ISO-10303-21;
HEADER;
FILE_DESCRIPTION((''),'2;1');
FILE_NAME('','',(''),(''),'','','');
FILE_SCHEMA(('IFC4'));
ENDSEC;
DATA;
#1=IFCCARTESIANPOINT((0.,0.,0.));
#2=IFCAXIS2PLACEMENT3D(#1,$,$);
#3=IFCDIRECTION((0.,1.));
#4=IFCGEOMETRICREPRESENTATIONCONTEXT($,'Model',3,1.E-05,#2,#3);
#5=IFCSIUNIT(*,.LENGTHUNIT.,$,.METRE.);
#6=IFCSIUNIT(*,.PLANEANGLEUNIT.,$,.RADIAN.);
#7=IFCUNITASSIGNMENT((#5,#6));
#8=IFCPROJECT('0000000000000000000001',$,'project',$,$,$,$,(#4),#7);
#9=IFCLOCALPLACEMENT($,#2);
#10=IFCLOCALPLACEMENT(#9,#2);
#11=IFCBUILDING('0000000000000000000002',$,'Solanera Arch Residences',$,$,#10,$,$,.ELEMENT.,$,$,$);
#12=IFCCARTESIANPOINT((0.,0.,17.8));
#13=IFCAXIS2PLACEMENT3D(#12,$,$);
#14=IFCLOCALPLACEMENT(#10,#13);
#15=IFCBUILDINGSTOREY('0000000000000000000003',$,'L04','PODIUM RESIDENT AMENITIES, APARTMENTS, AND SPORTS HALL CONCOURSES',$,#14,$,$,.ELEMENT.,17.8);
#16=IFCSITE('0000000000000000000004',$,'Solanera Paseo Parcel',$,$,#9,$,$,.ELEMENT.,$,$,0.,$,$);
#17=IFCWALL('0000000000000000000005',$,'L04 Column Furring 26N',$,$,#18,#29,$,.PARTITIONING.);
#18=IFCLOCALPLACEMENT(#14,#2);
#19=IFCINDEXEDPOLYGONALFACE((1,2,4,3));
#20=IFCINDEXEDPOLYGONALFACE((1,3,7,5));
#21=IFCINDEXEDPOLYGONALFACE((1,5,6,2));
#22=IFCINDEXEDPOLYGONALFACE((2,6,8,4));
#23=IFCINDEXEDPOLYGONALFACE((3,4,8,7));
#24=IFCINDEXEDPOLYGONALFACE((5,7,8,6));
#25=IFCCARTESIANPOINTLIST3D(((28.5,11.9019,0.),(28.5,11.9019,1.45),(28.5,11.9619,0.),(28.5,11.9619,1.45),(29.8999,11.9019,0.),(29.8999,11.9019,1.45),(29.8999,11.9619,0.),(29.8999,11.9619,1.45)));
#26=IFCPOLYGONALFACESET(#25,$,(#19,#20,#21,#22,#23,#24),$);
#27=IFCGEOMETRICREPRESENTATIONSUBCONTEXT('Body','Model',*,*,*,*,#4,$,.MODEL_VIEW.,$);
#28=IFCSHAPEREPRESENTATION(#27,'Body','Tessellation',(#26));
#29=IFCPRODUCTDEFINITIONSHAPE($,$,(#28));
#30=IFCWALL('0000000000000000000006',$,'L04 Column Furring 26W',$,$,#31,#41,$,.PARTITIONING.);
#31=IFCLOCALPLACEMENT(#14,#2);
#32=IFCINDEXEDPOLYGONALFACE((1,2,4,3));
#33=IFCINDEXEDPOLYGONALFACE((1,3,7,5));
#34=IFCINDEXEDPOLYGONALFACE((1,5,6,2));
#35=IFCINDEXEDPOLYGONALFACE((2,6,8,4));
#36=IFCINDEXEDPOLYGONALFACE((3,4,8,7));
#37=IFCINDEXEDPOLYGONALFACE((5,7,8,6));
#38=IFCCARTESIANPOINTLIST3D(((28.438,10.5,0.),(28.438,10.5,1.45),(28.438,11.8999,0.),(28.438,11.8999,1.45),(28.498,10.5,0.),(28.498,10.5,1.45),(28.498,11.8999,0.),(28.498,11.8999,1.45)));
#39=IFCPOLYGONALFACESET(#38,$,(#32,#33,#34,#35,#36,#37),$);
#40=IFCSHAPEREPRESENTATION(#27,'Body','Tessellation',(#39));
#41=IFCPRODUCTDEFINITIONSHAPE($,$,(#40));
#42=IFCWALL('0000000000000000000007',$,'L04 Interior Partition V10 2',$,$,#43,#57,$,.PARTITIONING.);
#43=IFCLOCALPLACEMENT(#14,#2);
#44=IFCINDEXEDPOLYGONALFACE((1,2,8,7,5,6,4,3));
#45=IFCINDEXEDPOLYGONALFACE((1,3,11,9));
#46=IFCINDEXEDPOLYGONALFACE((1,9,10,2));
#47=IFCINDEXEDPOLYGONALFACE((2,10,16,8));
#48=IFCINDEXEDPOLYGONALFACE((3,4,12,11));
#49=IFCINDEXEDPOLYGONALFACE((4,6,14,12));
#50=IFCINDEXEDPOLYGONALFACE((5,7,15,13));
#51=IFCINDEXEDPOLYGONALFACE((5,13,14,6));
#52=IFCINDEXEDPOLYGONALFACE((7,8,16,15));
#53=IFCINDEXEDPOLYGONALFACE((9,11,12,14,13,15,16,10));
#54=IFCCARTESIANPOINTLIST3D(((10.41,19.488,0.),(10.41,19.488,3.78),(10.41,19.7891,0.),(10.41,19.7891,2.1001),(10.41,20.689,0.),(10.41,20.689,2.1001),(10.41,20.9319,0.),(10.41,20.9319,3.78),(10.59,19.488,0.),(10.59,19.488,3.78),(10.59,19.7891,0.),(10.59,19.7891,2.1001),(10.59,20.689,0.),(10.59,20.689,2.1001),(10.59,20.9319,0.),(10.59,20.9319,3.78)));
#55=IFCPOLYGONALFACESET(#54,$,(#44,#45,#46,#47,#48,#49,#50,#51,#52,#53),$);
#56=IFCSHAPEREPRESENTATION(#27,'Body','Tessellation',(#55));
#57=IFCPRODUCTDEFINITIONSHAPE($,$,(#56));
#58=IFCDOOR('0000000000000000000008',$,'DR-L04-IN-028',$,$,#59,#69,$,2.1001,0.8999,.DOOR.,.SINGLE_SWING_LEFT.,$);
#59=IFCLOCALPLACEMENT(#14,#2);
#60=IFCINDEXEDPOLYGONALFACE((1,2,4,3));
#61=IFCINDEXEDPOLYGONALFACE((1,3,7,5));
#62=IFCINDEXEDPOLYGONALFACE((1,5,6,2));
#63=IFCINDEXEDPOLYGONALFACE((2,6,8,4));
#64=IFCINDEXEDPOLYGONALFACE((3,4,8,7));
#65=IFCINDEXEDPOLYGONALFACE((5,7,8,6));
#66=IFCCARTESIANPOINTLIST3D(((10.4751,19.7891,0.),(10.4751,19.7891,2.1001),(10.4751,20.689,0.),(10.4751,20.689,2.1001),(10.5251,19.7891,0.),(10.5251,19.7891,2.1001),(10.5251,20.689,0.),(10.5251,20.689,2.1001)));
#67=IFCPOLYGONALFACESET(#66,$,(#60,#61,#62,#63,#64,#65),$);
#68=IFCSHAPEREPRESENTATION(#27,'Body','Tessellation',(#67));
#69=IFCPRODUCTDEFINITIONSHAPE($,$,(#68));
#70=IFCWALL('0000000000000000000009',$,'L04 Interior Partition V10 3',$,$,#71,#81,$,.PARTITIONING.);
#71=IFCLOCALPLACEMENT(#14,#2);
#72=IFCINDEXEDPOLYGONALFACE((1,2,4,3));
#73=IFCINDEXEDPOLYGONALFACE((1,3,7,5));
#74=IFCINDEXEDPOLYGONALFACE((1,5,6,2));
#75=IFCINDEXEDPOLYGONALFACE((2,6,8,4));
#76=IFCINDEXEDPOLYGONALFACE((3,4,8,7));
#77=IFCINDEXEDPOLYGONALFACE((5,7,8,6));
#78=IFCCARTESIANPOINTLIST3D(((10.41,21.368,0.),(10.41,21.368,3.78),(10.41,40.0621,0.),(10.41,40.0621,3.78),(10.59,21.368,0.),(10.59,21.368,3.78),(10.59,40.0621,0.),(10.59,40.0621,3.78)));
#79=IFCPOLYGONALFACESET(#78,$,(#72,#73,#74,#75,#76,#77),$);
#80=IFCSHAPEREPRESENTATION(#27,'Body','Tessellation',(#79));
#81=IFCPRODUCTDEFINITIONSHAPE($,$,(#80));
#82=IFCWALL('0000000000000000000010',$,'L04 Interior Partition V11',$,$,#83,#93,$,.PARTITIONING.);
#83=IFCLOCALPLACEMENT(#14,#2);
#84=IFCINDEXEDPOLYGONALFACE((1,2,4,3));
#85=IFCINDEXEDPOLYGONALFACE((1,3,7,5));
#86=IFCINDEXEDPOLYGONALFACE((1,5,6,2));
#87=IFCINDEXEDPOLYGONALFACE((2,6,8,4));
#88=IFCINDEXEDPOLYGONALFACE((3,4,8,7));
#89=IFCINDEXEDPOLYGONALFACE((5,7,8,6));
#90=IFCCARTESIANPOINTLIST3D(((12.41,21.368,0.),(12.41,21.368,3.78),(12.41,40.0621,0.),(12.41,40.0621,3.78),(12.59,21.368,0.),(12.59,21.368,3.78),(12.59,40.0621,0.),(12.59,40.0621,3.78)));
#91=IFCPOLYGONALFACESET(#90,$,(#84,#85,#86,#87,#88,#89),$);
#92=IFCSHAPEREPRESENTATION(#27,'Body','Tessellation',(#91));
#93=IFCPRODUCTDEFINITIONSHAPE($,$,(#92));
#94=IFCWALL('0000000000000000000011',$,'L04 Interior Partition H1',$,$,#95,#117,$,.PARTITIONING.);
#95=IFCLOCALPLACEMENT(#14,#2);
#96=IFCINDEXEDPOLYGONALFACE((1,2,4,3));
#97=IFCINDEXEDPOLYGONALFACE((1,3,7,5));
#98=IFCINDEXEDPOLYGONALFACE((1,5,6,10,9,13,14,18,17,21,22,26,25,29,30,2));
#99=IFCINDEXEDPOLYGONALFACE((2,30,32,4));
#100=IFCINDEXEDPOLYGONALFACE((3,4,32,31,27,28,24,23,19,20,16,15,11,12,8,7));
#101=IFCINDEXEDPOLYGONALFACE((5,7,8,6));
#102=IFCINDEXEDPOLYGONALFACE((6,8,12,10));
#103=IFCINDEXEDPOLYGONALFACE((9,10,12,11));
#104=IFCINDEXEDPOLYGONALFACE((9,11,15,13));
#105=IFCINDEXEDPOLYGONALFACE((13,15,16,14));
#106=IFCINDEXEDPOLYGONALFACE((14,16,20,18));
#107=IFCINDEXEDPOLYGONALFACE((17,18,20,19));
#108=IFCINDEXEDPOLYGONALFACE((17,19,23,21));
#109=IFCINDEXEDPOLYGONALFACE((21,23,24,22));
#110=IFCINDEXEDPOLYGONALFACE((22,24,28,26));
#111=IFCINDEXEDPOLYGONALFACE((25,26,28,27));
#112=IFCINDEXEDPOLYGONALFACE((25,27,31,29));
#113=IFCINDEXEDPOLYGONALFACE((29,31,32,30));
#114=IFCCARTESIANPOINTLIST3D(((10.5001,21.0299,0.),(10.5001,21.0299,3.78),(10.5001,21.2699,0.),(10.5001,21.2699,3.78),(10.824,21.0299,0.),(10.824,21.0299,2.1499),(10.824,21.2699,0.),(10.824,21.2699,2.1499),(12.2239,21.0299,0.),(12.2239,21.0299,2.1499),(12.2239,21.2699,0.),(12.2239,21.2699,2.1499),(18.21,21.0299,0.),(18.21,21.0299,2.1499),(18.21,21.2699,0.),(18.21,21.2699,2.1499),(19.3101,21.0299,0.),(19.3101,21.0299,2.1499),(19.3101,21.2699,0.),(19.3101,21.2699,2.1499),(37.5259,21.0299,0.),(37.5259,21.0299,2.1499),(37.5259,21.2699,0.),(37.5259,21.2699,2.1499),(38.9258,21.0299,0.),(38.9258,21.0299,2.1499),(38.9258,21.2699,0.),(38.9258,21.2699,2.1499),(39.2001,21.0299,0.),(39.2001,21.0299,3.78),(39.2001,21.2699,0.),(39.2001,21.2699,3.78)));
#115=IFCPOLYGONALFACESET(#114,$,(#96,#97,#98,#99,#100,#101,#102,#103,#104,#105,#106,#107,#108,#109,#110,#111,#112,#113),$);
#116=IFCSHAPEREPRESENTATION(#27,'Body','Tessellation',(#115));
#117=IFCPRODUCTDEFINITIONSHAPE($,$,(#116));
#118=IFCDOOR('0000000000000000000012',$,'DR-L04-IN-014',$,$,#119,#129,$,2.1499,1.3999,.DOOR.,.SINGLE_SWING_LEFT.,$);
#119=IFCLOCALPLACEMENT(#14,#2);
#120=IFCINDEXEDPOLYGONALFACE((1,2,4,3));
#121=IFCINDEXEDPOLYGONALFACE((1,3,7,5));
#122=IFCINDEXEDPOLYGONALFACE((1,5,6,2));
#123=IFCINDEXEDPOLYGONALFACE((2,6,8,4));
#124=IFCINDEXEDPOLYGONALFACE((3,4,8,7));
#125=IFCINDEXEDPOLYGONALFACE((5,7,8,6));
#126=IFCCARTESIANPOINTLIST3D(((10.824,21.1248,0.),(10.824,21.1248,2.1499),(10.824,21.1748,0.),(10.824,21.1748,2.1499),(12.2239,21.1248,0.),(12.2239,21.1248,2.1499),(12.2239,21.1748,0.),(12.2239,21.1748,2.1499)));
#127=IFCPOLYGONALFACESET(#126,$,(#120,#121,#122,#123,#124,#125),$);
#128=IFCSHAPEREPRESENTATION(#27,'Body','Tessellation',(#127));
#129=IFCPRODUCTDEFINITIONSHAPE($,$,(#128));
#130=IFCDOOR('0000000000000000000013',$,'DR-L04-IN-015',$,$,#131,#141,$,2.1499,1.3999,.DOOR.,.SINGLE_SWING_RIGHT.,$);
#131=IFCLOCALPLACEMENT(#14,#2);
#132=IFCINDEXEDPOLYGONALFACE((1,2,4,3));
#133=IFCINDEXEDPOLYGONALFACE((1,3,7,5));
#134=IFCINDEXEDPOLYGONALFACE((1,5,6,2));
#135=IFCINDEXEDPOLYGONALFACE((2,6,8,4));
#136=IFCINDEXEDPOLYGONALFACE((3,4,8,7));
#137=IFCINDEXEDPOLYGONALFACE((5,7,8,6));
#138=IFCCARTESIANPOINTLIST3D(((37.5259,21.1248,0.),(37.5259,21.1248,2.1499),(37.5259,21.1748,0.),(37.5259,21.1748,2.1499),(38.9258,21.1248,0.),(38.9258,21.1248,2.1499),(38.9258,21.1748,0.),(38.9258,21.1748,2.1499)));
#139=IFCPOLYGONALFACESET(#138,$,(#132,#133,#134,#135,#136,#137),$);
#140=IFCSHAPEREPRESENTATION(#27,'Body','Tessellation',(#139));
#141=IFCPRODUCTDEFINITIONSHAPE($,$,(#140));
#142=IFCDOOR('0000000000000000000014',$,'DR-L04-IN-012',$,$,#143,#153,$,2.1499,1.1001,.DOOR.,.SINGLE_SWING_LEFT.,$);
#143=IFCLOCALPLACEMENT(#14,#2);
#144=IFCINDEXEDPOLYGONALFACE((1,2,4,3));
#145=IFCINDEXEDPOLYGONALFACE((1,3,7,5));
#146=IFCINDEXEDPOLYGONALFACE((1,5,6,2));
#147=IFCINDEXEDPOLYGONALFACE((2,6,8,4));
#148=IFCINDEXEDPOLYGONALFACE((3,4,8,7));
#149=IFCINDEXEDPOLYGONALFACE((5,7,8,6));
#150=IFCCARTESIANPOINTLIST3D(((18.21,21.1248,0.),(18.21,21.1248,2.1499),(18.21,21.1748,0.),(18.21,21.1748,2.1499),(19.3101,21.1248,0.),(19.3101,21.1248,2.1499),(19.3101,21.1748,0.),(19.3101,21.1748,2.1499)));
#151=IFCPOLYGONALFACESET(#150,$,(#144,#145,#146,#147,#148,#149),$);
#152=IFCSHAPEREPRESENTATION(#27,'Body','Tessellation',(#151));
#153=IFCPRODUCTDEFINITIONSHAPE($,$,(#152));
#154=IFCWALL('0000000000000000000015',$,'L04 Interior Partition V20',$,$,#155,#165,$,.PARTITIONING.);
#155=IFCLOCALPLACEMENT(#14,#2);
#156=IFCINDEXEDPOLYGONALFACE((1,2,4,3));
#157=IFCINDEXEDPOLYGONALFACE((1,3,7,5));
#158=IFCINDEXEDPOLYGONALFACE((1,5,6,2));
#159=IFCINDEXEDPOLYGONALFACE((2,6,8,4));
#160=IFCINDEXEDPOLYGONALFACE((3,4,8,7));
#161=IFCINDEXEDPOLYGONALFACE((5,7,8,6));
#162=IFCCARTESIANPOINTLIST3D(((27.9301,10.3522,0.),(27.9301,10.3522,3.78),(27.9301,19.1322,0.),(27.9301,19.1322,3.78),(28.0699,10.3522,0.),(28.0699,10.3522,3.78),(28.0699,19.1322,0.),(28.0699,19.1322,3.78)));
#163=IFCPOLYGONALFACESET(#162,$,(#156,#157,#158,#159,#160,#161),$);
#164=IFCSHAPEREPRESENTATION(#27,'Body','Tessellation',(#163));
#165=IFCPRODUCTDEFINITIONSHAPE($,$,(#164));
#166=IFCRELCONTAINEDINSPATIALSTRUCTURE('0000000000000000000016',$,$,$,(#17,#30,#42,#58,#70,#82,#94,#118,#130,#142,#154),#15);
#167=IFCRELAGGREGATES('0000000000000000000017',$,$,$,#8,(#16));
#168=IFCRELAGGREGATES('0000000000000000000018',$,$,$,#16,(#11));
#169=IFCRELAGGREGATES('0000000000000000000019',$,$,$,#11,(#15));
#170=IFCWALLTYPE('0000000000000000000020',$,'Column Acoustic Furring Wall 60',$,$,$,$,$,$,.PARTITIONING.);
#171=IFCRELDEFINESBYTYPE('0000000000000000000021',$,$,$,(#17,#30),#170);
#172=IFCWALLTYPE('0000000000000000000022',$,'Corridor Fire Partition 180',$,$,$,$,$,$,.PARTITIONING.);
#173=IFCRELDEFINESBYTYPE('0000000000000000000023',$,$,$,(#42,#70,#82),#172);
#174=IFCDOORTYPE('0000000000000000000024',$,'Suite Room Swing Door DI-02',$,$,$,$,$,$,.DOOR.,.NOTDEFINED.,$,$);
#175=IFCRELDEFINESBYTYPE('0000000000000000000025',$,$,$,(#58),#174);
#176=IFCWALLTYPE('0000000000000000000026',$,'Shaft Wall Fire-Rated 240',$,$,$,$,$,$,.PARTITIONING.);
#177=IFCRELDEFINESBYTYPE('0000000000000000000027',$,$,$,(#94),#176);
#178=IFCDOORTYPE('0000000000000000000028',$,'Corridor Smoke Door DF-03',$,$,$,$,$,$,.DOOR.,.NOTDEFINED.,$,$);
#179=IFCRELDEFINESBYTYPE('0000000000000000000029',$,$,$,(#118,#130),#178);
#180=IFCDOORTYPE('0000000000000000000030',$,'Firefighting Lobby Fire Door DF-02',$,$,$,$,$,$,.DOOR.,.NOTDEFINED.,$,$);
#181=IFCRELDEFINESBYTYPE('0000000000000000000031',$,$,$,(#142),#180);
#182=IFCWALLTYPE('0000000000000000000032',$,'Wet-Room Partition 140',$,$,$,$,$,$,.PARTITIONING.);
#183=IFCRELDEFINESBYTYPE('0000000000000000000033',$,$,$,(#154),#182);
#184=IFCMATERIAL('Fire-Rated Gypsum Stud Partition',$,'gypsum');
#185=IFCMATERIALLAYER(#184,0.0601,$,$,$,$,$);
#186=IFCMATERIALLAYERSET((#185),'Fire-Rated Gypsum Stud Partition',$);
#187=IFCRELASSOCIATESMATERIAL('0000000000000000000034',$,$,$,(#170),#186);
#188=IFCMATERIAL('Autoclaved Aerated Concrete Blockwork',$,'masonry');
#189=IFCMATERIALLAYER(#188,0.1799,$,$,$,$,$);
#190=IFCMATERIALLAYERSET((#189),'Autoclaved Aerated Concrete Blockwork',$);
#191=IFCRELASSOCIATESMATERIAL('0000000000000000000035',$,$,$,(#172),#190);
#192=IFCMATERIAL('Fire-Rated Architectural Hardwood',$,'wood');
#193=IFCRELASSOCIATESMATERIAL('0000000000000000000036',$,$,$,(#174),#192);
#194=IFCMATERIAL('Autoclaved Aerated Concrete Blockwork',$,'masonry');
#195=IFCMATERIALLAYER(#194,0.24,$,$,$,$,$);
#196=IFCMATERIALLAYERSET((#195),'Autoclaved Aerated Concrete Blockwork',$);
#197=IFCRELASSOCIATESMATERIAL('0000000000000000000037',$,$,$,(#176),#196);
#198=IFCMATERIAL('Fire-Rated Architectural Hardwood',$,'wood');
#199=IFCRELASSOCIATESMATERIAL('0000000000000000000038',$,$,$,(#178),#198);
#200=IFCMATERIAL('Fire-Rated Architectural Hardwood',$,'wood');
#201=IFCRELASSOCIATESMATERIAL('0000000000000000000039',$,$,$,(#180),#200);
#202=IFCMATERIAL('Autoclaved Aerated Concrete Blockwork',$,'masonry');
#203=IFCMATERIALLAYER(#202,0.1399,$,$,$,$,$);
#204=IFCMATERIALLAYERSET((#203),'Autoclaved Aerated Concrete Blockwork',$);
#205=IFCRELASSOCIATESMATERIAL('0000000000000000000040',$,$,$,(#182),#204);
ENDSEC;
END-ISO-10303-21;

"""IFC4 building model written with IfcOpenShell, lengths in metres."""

from ifc_helpers import new_model, si_unit, direction, frame, frame_2d, origin, place, context, subcontext, project, spatial, rectangle, extrude, material, layer, layer_set, type_object, element, fill, save


model = new_model("IFC4")

# Units and contexts
model_context = context("Model", 3, precision=1e-05, world=origin(), true_north=direction((0.0, 1.0)))
body_context = subcontext(model_context, "Body", "Model", "MODEL_VIEW")
ifc_project = project(units=[si_unit("LENGTHUNIT", "METRE"), si_unit("PLANEANGLEUNIT", "RADIAN")], contexts=[model_context])

# Site, building, storey
site_placement = place(None, origin())
site = spatial("IfcSite", under=ifc_project, at=site_placement, Name="Solanera Paseo Parcel", CompositionType="ELEMENT", RefElevation=0.0)
building_placement = place(site_placement, origin())
building = spatial("IfcBuilding", under=site, at=building_placement, Name="Solanera Arch Residences", CompositionType="ELEMENT")
storey_placement = place(building_placement, frame((0.0, 0.0, 17.8)))
storey = spatial("IfcBuildingStorey", under=building, at=storey_placement, Name="L04", Description="PODIUM RESIDENT AMENITIES, APARTMENTS, AND SPORTS HALL CONCOURSES", CompositionType="ELEMENT", Elevation=17.8)

# Walls
ifc_material_1 = material(Name="Fire-Rated Gypsum Stud Partition", Category="gypsum")
ifc_layer_1 = layer(ifc_material_1, 0.0601)
ifc_layer_set_1 = layer_set([ifc_layer_1], Name="Fire-Rated Gypsum Stud Partition")
wall_type_1 = type_object("IfcWallType", Name="Column Acoustic Furring Wall 60", PredefinedType="PARTITIONING", material=ifc_layer_set_1)
for number, where, z_axis, x_axis, name in (
    (1, (28.5, 11.9319, 0.0), (0.0, 0.0, 1.0), (1.0, 0.0, 0.0), "L04 Column Furring 26N"),
    (2, (28.468, 10.5, 0.0), (0.0, 0.0, 1.0), (0.0, 1.0, 0.0), "L04 Column Furring 26W"),
):
    element("IfcWall", number, at=place(storey_placement, frame(where, z_axis=z_axis, x_axis=x_axis)), inside=storey, type_object=wall_type_1, Name=name, PredefinedType="PARTITIONING", context=body_context, shape_type="SweptSolid", body=[
        extrude(rectangle(XDim=1.3999, YDim=0.0601, at=frame_2d((0.7, 0.0))), origin(), (0.0, 0.0, 1.0), 1.45),
    ])

# Wall, opening, door
ifc_material_2 = material(Name="Autoclaved Aerated Concrete Blockwork", Category="masonry")
ifc_layer_2 = layer(ifc_material_2, 0.1799)
ifc_layer_set_2 = layer_set([ifc_layer_2], Name="Autoclaved Aerated Concrete Blockwork")
wall_type_2 = type_object("IfcWallType", Name="Corridor Fire Partition 180", PredefinedType="PARTITIONING", material=ifc_layer_set_2)
wall_1_placement = place(storey_placement, frame((10.5, 19.488, 0.0), z_axis=(0.0, 0.0, 1.0), x_axis=(0.0, 1.0, 0.0)))
wall_1 = element("IfcWall", 3, at=wall_1_placement, inside=storey, type_object=wall_type_2, Name="L04 Interior Partition V10 2", PredefinedType="PARTITIONING", context=body_context, shape_type="SweptSolid", body=[
    extrude(rectangle(XDim=1.4438, YDim=0.1799, at=frame_2d((0.7219, 0.0))), origin(), (0.0, 0.0, 1.0), 3.78),
])
opening_1_placement = place(wall_1_placement, frame((0.301, 0.0, 0.0)))
opening_1 = element("IfcOpeningElement", 4, at=opening_1_placement, cuts=wall_1, PredefinedType="OPENING", context=body_context, shape_type="SweptSolid", body=[
    extrude(rectangle(XDim=0.8999, YDim=2.1001, at=frame_2d((0.45, 1.05))), frame((0.0, 0.1001, 0.0), z_axis=(0.0, -1.0, 0.0), x_axis=(1.0, 0.0, 0.0)), (0.0, 0.0, 1.0), 0.1999),
])
ifc_material_3 = material(Name="Fire-Rated Architectural Hardwood", Category="wood")
door_type_1 = type_object("IfcDoorType", Name="Suite Room Swing Door DI-02", OperationType="NOTDEFINED", PredefinedType="DOOR", material=ifc_material_3)
door_1_placement = place(opening_1_placement, origin())
door_1 = element("IfcDoor", 5, at=door_1_placement, inside=storey, type_object=door_type_1, Name="DR-L04-IN-028", OperationType="SINGLE_SWING_LEFT", OverallHeight=2.1001, OverallWidth=0.8999, PredefinedType="DOOR", context=body_context, shape_type="SweptSolid", body=[
    extrude(rectangle(XDim=0.8999, YDim=2.1001, at=frame_2d((0.45, 1.05))), frame((0.0, 0.0249, 0.0), z_axis=(0.0, -1.0, 0.0), x_axis=(1.0, 0.0, 0.0)), (0.0, 0.0, 1.0), 0.05),
])
fill(opening_1, door_1)

# Walls
for number, where, z_axis, x_axis, name in (
    (6, (10.5, 21.3679, 0.0), (0.0, 0.0, 1.0), (0.0, 1.0, 0.0), "L04 Interior Partition V10 3"),
    (7, (12.5, 21.3679, 0.0), (0.0, 0.0, 1.0), (0.0, 1.0, 0.0), "L04 Interior Partition V11"),
):
    element("IfcWall", number, at=place(storey_placement, frame(where, z_axis=z_axis, x_axis=x_axis)), inside=storey, type_object=wall_type_2, Name=name, PredefinedType="PARTITIONING", context=body_context, shape_type="SweptSolid", body=[
        extrude(rectangle(XDim=18.6941, YDim=0.1799, at=frame_2d((9.3472, 0.0))), origin(), (0.0, 0.0, 1.0), 3.78),
    ])

# Wall, openings, doors
ifc_material_4 = material(Name="Autoclaved Aerated Concrete Blockwork", Category="masonry")
ifc_layer_3 = layer(ifc_material_4, 0.24)
ifc_layer_set_3 = layer_set([ifc_layer_3], Name="Autoclaved Aerated Concrete Blockwork")
wall_type_3 = type_object("IfcWallType", Name="Shaft Wall Fire-Rated 240", PredefinedType="PARTITIONING", material=ifc_layer_set_3)
wall_2_placement = place(storey_placement, frame((10.5, 21.1499, 0.0), z_axis=(0.0, 0.0, 1.0), x_axis=(1.0, 0.0, 0.0)))
wall_2 = element("IfcWall", 8, at=wall_2_placement, inside=storey, type_object=wall_type_3, Name="L04 Interior Partition H1", PredefinedType="PARTITIONING", context=body_context, shape_type="SweptSolid", body=[
    extrude(rectangle(XDim=28.7, YDim=0.24, at=frame_2d((14.3501, 0.0))), origin(), (0.0, 0.0, 1.0), 3.78),
])
opening_2_placement = place(wall_2_placement, frame((7.71, 0.0, 0.0)))
opening_2 = element("IfcOpeningElement", 9, at=opening_2_placement, cuts=wall_2, PredefinedType="OPENING", context=body_context, shape_type="SweptSolid", body=[
    extrude(rectangle(XDim=1.1001, YDim=2.1499, at=frame_2d((0.55, 1.075))), frame((0.0, 0.1299, 0.0), z_axis=(0.0, -1.0, 0.0), x_axis=(1.0, 0.0, 0.0)), (0.0, 0.0, 1.0), 0.26),
])
opening_3_placement = place(wall_2_placement, frame((0.324, 0.0, 0.0)))
opening_3 = element("IfcOpeningElement", 10, at=opening_3_placement, cuts=wall_2, PredefinedType="OPENING", context=body_context, shape_type="SweptSolid", body=[
    extrude(rectangle(XDim=1.3999, YDim=2.1499, at=frame_2d((0.7, 1.075))), frame((0.0, 0.1299, 0.0), z_axis=(0.0, -1.0, 0.0), x_axis=(1.0, 0.0, 0.0)), (0.0, 0.0, 1.0), 0.26),
])
opening_4_placement = place(wall_2_placement, frame((27.0259, 0.0, 0.0)))
opening_4 = element("IfcOpeningElement", 11, at=opening_4_placement, cuts=wall_2, PredefinedType="OPENING", context=body_context, shape_type="SweptSolid", body=[
    extrude(rectangle(XDim=1.3999, YDim=2.1499, at=frame_2d((0.7, 1.075))), frame((0.0, 0.1299, 0.0), z_axis=(0.0, -1.0, 0.0), x_axis=(1.0, 0.0, 0.0)), (0.0, 0.0, 1.0), 0.26),
])
ifc_material_5 = material(Name="Fire-Rated Architectural Hardwood", Category="wood")
door_type_2 = type_object("IfcDoorType", Name="Corridor Smoke Door DF-03", OperationType="NOTDEFINED", PredefinedType="DOOR", material=ifc_material_5)
door_2_placement = place(opening_3_placement, origin())
door_2 = element("IfcDoor", 12, at=door_2_placement, inside=storey, type_object=door_type_2, Name="DR-L04-IN-014", OperationType="SINGLE_SWING_LEFT", OverallHeight=2.1499, OverallWidth=1.3999, PredefinedType="DOOR", context=body_context, shape_type="SweptSolid", body=[
    extrude(rectangle(XDim=1.3999, YDim=2.1499, at=frame_2d((0.7, 1.075))), frame((0.0, 0.0249, 0.0), z_axis=(0.0, -1.0, 0.0), x_axis=(1.0, 0.0, 0.0)), (0.0, 0.0, 1.0), 0.05),
])
fill(opening_3, door_2)
door_3_placement = place(opening_4_placement, origin())
door_3 = element("IfcDoor", 13, at=door_3_placement, inside=storey, type_object=door_type_2, Name="DR-L04-IN-015", OperationType="SINGLE_SWING_RIGHT", OverallHeight=2.1499, OverallWidth=1.3999, PredefinedType="DOOR", context=body_context, shape_type="SweptSolid", body=[
    extrude(rectangle(XDim=1.3999, YDim=2.1499, at=frame_2d((0.7, 1.075))), frame((0.0, 0.0249, 0.0), z_axis=(0.0, -1.0, 0.0), x_axis=(1.0, 0.0, 0.0)), (0.0, 0.0, 1.0), 0.05),
])
fill(opening_4, door_3)
ifc_material_6 = material(Name="Fire-Rated Architectural Hardwood", Category="wood")
door_type_3 = type_object("IfcDoorType", Name="Firefighting Lobby Fire Door DF-02", OperationType="NOTDEFINED", PredefinedType="DOOR", material=ifc_material_6)
door_4_placement = place(opening_2_placement, origin())
door_4 = element("IfcDoor", 14, at=door_4_placement, inside=storey, type_object=door_type_3, Name="DR-L04-IN-012", OperationType="SINGLE_SWING_LEFT", OverallHeight=2.1499, OverallWidth=1.1001, PredefinedType="DOOR", context=body_context, shape_type="SweptSolid", body=[
    extrude(rectangle(XDim=1.1001, YDim=2.1499, at=frame_2d((0.55, 1.075))), frame((0.0, 0.0249, 0.0), z_axis=(0.0, -1.0, 0.0), x_axis=(1.0, 0.0, 0.0)), (0.0, 0.0, 1.0), 0.05),
])
fill(opening_2, door_4)

# Wall
ifc_material_7 = material(Name="Autoclaved Aerated Concrete Blockwork", Category="masonry")
ifc_layer_4 = layer(ifc_material_7, 0.1399)
ifc_layer_set_4 = layer_set([ifc_layer_4], Name="Autoclaved Aerated Concrete Blockwork")
wall_type_4 = type_object("IfcWallType", Name="Wet-Room Partition 140", PredefinedType="PARTITIONING", material=ifc_layer_set_4)
wall_3_placement = place(storey_placement, frame((28.0, 10.3521, 0.0), z_axis=(0.0, 0.0, 1.0), x_axis=(0.0, 1.0, 0.0)))
element("IfcWall", 15, at=wall_3_placement, inside=storey, type_object=wall_type_4, Name="L04 Interior Partition V20", PredefinedType="PARTITIONING", context=body_context, shape_type="SweptSolid", body=[
    extrude(rectangle(XDim=8.78, YDim=0.1399, at=frame_2d((4.3901, 0.0))), origin(), (0.0, 0.0, 1.0), 3.78),
])

save(model, "model.ifc")
